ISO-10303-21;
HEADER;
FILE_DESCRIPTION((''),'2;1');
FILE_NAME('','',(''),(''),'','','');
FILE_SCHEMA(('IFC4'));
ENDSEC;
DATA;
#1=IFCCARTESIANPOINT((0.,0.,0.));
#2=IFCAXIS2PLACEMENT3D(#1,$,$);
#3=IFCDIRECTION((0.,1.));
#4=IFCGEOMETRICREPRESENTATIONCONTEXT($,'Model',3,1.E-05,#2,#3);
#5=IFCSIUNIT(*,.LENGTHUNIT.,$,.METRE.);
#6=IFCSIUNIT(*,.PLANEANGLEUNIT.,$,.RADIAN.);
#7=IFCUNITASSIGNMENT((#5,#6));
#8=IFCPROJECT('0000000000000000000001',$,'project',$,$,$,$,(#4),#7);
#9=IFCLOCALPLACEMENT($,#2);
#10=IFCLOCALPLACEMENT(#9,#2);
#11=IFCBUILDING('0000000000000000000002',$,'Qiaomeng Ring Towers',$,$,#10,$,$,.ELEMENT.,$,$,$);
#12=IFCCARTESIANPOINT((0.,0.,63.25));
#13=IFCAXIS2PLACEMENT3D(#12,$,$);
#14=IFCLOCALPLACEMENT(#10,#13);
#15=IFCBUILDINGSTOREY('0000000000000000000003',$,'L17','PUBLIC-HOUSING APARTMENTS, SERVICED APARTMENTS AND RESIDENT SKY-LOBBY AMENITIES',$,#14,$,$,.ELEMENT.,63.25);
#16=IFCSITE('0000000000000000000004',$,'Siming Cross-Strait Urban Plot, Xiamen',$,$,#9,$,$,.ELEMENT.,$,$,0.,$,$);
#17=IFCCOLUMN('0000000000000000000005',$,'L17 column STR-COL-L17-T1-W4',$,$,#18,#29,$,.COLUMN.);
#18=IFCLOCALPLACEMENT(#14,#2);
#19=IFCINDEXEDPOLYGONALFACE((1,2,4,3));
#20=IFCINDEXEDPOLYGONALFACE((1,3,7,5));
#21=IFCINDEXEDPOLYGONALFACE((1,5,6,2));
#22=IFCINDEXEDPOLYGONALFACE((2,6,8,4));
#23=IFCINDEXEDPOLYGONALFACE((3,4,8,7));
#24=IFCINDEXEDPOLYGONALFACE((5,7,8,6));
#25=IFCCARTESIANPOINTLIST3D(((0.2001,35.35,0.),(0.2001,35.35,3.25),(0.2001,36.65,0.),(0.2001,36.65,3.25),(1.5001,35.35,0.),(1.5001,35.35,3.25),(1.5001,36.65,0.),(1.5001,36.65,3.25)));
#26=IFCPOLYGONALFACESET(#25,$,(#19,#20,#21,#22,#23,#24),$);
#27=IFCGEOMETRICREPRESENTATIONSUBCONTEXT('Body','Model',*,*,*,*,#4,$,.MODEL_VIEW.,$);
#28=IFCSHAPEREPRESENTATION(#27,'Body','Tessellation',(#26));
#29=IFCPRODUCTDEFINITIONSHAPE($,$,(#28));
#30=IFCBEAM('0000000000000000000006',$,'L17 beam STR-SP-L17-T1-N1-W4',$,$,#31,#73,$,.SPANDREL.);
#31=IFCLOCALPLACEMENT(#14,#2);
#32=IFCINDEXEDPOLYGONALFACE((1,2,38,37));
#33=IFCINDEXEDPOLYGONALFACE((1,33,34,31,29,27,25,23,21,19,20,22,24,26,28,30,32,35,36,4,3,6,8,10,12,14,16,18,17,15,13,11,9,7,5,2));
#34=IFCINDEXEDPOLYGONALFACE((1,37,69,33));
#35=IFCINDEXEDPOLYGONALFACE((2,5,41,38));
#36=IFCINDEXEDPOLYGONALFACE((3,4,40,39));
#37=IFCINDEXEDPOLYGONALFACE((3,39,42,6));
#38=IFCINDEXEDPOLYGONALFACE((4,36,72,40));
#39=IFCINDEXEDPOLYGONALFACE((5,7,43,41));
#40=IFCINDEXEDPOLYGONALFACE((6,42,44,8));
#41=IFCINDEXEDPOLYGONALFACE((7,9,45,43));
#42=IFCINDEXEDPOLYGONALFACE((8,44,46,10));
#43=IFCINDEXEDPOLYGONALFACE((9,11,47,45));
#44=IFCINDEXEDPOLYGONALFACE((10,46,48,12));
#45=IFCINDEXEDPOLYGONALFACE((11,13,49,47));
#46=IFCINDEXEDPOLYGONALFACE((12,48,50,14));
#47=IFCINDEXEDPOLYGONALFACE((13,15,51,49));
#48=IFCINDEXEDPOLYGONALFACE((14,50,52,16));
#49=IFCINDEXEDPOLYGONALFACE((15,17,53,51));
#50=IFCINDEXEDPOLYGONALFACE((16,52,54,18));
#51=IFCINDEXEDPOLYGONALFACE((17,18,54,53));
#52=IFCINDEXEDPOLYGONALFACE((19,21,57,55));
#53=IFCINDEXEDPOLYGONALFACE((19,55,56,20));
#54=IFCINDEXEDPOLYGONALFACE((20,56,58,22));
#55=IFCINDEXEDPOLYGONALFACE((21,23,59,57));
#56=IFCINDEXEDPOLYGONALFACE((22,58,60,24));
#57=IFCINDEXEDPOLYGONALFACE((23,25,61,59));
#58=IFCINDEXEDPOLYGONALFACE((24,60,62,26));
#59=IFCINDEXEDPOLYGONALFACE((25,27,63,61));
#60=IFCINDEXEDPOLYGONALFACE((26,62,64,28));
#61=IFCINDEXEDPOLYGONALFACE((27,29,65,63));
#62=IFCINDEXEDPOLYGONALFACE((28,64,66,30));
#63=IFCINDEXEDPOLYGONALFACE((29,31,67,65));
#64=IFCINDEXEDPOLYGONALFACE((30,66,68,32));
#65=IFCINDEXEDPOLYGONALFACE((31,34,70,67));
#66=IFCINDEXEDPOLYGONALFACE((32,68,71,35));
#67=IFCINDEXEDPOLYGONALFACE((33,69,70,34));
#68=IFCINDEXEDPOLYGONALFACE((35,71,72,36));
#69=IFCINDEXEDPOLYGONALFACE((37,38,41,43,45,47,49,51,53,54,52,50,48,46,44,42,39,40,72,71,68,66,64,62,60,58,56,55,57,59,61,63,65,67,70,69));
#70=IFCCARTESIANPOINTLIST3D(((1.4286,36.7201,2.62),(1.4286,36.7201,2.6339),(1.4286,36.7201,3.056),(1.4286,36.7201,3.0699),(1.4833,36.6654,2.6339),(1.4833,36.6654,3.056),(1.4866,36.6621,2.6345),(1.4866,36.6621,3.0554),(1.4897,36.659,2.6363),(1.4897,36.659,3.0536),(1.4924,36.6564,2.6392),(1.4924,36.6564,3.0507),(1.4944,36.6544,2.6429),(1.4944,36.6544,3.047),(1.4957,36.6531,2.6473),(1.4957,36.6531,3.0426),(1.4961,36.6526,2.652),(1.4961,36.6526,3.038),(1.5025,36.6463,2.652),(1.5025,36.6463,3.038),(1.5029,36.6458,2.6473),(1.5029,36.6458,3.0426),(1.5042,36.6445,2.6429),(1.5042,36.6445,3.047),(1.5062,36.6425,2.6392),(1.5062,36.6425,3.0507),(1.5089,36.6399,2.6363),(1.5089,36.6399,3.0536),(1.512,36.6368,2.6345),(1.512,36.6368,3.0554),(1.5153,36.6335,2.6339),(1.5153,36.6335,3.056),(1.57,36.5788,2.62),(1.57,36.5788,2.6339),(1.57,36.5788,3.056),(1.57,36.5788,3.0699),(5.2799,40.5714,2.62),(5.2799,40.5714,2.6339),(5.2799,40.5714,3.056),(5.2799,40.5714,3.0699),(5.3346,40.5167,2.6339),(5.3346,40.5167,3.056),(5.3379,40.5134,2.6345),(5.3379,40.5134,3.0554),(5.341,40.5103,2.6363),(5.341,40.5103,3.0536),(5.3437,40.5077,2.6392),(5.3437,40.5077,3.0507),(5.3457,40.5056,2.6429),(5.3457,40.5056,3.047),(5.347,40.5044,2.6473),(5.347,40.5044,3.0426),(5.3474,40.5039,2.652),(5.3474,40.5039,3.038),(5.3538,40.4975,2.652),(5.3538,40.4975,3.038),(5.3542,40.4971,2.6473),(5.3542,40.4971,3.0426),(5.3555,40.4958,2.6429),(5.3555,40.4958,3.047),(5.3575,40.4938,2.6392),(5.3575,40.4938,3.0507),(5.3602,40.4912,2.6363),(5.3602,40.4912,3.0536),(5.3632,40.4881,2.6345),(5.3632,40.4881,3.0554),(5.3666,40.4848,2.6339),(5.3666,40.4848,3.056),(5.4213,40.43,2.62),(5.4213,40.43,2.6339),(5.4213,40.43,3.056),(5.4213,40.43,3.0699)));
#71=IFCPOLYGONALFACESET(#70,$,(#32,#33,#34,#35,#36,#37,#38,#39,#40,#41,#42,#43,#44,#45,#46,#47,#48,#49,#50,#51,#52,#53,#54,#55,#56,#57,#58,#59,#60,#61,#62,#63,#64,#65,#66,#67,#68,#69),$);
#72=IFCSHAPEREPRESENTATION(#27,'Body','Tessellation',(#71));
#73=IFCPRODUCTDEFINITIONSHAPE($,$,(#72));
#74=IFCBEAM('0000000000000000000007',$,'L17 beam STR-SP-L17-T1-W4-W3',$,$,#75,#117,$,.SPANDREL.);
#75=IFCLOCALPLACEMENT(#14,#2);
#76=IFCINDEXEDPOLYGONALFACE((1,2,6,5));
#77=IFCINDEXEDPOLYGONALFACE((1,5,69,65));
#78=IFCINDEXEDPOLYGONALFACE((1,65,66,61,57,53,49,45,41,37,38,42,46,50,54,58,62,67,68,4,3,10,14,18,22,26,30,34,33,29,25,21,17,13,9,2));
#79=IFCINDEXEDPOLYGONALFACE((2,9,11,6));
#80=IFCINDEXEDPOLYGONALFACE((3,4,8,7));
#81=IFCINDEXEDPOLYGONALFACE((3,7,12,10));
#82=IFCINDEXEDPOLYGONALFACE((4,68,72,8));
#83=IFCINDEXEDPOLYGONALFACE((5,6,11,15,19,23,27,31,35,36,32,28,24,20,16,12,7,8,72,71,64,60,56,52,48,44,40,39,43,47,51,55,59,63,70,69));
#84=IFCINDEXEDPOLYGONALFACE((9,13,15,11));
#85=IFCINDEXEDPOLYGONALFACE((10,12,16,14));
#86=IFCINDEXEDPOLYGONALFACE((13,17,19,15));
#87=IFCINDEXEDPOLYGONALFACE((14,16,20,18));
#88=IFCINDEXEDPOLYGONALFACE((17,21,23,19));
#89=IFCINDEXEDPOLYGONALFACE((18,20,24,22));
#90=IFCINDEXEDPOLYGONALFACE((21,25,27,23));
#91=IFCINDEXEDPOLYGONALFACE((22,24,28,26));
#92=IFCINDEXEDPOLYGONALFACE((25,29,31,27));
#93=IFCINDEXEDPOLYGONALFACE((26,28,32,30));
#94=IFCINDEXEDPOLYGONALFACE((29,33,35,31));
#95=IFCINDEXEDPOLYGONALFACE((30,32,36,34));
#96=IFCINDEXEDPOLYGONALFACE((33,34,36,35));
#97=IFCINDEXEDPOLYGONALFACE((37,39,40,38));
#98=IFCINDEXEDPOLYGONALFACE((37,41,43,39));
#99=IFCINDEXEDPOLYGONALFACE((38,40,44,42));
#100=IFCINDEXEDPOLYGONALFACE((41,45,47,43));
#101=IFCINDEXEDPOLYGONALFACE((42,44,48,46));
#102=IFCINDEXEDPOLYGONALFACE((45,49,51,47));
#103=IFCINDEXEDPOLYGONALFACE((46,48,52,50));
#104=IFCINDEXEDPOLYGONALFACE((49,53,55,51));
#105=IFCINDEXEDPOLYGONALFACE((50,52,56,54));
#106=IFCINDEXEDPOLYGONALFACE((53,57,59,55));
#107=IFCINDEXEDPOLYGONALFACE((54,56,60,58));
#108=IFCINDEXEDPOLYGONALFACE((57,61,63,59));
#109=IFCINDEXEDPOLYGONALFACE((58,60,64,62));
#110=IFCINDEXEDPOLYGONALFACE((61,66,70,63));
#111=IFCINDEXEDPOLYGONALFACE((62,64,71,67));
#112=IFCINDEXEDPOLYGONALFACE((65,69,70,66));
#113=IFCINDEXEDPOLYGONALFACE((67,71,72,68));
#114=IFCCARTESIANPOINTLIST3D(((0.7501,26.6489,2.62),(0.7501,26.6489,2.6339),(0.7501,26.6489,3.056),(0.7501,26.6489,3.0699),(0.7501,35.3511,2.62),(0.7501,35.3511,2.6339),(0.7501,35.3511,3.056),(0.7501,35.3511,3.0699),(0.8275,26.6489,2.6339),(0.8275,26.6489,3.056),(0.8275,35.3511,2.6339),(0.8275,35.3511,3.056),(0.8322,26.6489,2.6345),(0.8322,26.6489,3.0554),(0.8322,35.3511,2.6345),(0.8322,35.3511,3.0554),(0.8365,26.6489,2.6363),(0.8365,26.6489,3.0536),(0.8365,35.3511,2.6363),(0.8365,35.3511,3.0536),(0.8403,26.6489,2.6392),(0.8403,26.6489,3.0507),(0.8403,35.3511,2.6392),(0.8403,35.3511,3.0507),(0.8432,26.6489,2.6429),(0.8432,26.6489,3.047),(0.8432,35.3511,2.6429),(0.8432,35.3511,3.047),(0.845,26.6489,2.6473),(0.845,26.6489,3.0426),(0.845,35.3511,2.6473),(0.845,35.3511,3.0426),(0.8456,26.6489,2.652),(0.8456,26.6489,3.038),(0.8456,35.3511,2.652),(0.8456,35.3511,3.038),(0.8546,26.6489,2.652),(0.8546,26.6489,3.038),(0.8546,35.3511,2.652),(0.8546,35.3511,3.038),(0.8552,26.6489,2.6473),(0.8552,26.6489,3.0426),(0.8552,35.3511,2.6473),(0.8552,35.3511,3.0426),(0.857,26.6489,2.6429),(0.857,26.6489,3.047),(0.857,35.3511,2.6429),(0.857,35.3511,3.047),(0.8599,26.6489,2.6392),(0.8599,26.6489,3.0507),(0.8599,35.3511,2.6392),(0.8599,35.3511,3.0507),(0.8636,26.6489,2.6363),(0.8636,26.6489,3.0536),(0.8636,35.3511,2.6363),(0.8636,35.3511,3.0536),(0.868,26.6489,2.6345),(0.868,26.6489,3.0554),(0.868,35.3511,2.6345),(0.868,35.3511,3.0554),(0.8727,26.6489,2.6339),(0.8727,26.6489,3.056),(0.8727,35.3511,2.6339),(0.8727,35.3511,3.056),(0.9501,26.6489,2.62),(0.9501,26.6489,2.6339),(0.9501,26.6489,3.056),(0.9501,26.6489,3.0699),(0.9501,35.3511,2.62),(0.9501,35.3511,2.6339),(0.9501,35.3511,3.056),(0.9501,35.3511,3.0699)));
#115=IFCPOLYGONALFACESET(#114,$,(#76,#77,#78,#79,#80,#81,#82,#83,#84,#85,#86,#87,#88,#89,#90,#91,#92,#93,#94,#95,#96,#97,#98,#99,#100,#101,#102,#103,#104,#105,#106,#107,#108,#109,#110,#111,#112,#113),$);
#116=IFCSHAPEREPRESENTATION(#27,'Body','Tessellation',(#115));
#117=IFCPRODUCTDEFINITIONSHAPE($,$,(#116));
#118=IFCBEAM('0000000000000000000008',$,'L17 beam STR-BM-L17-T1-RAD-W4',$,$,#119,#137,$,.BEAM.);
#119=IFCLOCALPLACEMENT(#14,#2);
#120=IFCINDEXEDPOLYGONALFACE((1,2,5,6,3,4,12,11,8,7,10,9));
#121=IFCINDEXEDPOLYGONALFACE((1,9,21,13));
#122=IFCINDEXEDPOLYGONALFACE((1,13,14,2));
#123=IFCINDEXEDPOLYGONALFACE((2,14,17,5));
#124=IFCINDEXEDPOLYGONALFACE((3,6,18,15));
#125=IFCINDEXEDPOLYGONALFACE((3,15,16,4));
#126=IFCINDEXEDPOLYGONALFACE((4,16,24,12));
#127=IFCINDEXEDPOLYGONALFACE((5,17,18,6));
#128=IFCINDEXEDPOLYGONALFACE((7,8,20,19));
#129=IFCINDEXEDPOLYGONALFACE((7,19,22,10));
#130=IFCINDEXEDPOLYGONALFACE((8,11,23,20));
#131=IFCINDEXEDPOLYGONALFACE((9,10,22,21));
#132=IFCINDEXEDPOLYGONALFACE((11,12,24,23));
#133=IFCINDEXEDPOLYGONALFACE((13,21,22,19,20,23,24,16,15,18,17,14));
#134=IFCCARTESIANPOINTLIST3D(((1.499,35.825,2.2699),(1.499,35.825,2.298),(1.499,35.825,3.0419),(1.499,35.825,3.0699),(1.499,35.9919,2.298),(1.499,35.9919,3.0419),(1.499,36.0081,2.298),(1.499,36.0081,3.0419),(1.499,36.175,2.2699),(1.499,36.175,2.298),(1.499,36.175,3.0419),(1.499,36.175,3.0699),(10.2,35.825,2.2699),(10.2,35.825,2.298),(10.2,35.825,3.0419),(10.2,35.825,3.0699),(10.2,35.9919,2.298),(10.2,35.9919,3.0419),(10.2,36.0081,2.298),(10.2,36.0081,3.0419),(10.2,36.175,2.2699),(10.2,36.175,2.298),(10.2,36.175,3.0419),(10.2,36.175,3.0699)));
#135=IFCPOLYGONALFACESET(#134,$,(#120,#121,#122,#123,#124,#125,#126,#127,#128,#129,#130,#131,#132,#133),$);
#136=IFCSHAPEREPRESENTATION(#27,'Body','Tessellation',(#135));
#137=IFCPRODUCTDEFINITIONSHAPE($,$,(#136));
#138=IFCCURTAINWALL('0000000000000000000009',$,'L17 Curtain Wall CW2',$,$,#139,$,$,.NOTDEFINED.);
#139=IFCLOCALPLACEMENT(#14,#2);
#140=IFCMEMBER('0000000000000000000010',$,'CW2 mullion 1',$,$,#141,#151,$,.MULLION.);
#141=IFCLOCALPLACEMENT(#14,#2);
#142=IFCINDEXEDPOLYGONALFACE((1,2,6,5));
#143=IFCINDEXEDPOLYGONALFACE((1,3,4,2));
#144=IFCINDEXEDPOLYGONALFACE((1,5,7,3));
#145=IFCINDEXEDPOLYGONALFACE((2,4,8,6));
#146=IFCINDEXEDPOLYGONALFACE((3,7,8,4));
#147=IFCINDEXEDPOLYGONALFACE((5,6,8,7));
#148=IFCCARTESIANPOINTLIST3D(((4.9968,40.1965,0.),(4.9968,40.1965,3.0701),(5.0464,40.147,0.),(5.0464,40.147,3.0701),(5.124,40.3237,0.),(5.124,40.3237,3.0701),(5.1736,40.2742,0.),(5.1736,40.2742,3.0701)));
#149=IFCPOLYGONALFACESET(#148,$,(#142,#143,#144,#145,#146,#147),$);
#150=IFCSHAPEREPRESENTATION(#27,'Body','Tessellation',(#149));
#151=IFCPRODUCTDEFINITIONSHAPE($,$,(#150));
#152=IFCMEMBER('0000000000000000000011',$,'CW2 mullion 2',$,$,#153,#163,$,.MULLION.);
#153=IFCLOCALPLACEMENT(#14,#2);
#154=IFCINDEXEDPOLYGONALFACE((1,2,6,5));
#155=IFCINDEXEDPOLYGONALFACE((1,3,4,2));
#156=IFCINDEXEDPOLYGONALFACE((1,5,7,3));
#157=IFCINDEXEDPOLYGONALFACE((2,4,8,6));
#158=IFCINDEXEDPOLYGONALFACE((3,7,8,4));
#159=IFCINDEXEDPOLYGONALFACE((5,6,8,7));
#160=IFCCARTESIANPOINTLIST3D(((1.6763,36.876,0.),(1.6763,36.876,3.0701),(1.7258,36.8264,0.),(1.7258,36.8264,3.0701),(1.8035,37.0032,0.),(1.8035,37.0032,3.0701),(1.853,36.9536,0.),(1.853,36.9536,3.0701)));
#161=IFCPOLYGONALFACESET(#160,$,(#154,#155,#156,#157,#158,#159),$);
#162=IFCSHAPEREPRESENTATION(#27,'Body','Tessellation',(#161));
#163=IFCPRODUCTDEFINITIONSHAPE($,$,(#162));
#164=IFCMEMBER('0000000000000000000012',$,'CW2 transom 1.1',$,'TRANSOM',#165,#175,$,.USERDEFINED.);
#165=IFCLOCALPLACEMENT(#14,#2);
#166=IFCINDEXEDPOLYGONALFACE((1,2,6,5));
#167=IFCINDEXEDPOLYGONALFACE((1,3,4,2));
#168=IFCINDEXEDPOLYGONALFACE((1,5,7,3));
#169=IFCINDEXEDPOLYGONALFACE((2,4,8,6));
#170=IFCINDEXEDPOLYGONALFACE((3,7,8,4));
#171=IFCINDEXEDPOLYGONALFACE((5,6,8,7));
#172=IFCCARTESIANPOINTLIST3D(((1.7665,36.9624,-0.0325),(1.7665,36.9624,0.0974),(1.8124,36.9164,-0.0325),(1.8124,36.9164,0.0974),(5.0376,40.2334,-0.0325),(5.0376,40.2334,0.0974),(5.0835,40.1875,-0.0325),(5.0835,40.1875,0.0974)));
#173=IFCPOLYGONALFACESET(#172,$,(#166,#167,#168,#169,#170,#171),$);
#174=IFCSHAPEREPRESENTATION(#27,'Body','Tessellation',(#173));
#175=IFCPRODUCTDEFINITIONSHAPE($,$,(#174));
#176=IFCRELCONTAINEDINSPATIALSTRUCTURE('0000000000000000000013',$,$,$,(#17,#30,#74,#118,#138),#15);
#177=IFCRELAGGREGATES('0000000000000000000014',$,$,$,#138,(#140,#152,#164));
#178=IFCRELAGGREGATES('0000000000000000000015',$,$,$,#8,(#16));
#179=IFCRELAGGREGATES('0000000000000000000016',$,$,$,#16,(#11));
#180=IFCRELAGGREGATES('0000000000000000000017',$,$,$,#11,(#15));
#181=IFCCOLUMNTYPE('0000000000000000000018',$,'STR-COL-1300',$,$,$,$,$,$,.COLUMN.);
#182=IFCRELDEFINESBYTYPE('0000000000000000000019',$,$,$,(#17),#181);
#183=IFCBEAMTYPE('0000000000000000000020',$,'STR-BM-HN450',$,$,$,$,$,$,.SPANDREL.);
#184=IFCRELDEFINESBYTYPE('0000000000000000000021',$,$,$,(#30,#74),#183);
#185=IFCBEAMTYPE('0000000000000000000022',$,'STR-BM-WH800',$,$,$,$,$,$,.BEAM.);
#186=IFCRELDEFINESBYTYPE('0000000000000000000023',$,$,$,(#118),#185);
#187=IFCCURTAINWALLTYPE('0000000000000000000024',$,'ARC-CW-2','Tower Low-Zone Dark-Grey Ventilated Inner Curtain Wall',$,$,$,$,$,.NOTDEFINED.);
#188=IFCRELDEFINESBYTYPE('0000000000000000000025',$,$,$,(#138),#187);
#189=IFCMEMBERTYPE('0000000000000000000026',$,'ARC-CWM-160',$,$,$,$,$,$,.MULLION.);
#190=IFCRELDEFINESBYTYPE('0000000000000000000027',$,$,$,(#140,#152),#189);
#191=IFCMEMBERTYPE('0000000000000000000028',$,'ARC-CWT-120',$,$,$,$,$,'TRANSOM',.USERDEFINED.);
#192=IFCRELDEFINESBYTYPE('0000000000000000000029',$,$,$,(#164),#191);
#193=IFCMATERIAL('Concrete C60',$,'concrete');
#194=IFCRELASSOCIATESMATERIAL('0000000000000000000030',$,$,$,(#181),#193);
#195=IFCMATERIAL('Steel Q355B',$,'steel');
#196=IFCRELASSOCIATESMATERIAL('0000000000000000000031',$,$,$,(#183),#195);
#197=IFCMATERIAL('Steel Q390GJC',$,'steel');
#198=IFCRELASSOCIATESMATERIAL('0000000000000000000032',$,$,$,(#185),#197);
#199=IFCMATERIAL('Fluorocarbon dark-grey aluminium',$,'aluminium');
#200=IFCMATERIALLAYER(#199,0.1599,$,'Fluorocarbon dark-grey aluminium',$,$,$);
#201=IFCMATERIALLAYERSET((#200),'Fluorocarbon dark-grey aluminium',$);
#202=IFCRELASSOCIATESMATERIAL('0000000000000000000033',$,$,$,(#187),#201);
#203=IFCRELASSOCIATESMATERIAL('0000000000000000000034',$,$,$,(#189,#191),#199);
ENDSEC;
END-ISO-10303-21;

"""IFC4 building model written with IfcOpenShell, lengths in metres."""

from ifc_helpers import new_model, si_unit, direction, frame, origin, origin_2d, place, context, subcontext, project, spatial, rectangle, i_section, extrude, source, transform, mapped, material, layer, layer_set, material_profile, profile_set, type_object, element, aggregate, save


model = new_model("IFC4")

# Units and contexts
model_context = context("Model", 3, precision=1e-05, world=origin(), true_north=direction((0.0, 1.0)))
body_context = subcontext(model_context, "Body", "Model", "MODEL_VIEW")
ifc_project = project(units=[si_unit("LENGTHUNIT", "METRE"), si_unit("PLANEANGLEUNIT", "RADIAN")], contexts=[model_context])

# Site, building, storey
site_placement = place(None, origin())
site = spatial("IfcSite", under=ifc_project, at=site_placement, Name="Siming Cross-Strait Urban Plot, Xiamen", CompositionType="ELEMENT", RefElevation=0.0)
building_placement = place(site_placement, origin())
building = spatial("IfcBuilding", under=site, at=building_placement, Name="Qiaomeng Ring Towers", CompositionType="ELEMENT")
storey_placement = place(building_placement, frame((0.0, 0.0, 63.25)))
storey = spatial("IfcBuildingStorey", under=building, at=storey_placement, Name="L17", Description="PUBLIC-HOUSING APARTMENTS, SERVICED APARTMENTS AND RESIDENT SKY-LOBBY AMENITIES", CompositionType="ELEMENT", Elevation=63.25)

# Column
ifc_material_1 = material(Name="Concrete C60", Category="concrete")
ifc_material_profile_1 = material_profile(ifc_material_1, rectangle(XDim=1.3, YDim=1.3, at=origin_2d()), Name="RC COL 1300x1300")
ifc_profile_set_1 = profile_set([ifc_material_profile_1], Name="Concrete C60")
column_type = type_object("IfcColumnType", Name="STR-COL-1300", PredefinedType="COLUMN", material=ifc_profile_set_1)
shared_shape_1 = source(origin(), body_context, "Body", "SweptSolid", [
    extrude(rectangle(XDim=1.3, YDim=1.3, at=origin_2d()), origin(), (0.0, 0.0, 1.0), 3.25),
])
column_placement = place(storey_placement, frame((0.8501, 36.0, 0.0), z_axis=(0.0, 0.0, 1.0), x_axis=(1.0, 0.0, 0.0)))
element("IfcColumn", 1, at=column_placement, inside=storey, type_object=column_type, Name="L17 column STR-COL-L17-T1-W4", PredefinedType="COLUMN", context=body_context, shape_type="MappedRepresentation", body=[
    mapped(shared_shape_1, transform((0.0, 0.0, 0.0), x_axis=(1.0, 0.0, 0.0), y_axis=(0.0, 1.0, 0.0), z_axis=(0.0, 0.0, 1.0), scale=1.0)),
])

# Beams
ifc_material_2 = material(Name="Steel Q355B", Category="steel")
ifc_material_profile_2 = material_profile(ifc_material_2, i_section(OverallWidth=0.2, OverallDepth=0.45, WebThickness=0.009, FlangeThickness=0.0139, FilletRadius=0.0181, at=origin_2d()), Name="HN 450x200x9x14")
ifc_profile_set_2 = profile_set([ifc_material_profile_2], Name="Steel Q355B")
beam_type_1 = type_object("IfcBeamType", Name="STR-BM-HN450", PredefinedType="SPANDREL", material=ifc_profile_set_2)
shared_shape_2 = source(origin(), body_context, "Body", "SweptSolid", [
    extrude(i_section(OverallWidth=0.2, OverallDepth=0.45, WebThickness=0.009, FlangeThickness=0.0139, FilletRadius=0.0181, at=origin_2d()), origin(), (0.0, 0.0, 1.0), 5.4465),
])
beam_1_placement = place(storey_placement, frame((5.3506, 40.5007, 2.845), z_axis=(-0.707107, -0.707107, 0.0), x_axis=(0.707107, -0.707107, 0.0)))
element("IfcBeam", 2, at=beam_1_placement, inside=storey, type_object=beam_type_1, Name="L17 beam STR-SP-L17-T1-N1-W4", PredefinedType="SPANDREL", context=body_context, shape_type="MappedRepresentation", body=[
    mapped(shared_shape_2, transform((0.0, 0.0, 0.0), x_axis=(1.0, 0.0, 0.0), y_axis=(0.0, 1.0, 0.0), z_axis=(0.0, 0.0, 1.0), scale=1.0)),
])
shared_shape_3 = source(origin(), body_context, "Body", "SweptSolid", [
    extrude(i_section(OverallWidth=0.2, OverallDepth=0.45, WebThickness=0.009, FlangeThickness=0.0139, FilletRadius=0.0181, at=origin_2d()), origin(), (0.0, 0.0, 1.0), 8.7021),
])
beam_2_placement = place(storey_placement, frame((0.8501, 35.3511, 2.845), z_axis=(0.0, -1.0, 0.0), x_axis=(1.0, 0.0, 0.0)))
element("IfcBeam", 3, at=beam_2_placement, inside=storey, type_object=beam_type_1, Name="L17 beam STR-SP-L17-T1-W4-W3", PredefinedType="SPANDREL", context=body_context, shape_type="MappedRepresentation", body=[
    mapped(shared_shape_3, transform((0.0, 0.0, 0.0), x_axis=(1.0, 0.0, 0.0), y_axis=(0.0, 1.0, 0.0), z_axis=(0.0, 0.0, 1.0), scale=1.0)),
])
ifc_material_3 = material(Name="Steel Q390GJC", Category="steel")
ifc_material_profile_3 = material_profile(ifc_material_3, i_section(OverallWidth=0.3501, OverallDepth=0.8, WebThickness=0.0161, FlangeThickness=0.0281, at=origin_2d()), Name="WH 800x350x16x28")
ifc_profile_set_3 = profile_set([ifc_material_profile_3], Name="Steel Q390GJC")
beam_type_2 = type_object("IfcBeamType", Name="STR-BM-WH800", PredefinedType="BEAM", material=ifc_profile_set_3)
shared_shape_4 = source(origin(), body_context, "Body", "SweptSolid", [
    extrude(i_section(OverallWidth=0.3501, OverallDepth=0.8, WebThickness=0.0161, FlangeThickness=0.0281, at=origin_2d()), origin(), (0.0, 0.0, 1.0), 8.7009),
])
beam_3_placement = place(storey_placement, frame((1.499, 36.0, 2.6699), z_axis=(1.0, 0.0, 0.0), x_axis=(0.0, 1.0, 0.0)))
element("IfcBeam", 4, at=beam_3_placement, inside=storey, type_object=beam_type_2, Name="L17 beam STR-BM-L17-T1-RAD-W4", PredefinedType="BEAM", context=body_context, shape_type="MappedRepresentation", body=[
    mapped(shared_shape_4, transform((0.0, 0.0, 0.0), x_axis=(1.0, 0.0, 0.0), y_axis=(0.0, 1.0, 0.0), z_axis=(0.0, 0.0, 1.0), scale=1.0)),
])

# Curtain wall, members
ifc_material_4 = material(Name="Fluorocarbon dark-grey aluminium", Category="aluminium")
ifc_layer_1 = layer(ifc_material_4, 0.1599, Name="Fluorocarbon dark-grey aluminium")
ifc_layer_set_1 = layer_set([ifc_layer_1], Name="Fluorocarbon dark-grey aluminium")
curtain_wall_type = type_object("IfcCurtainWallType", Name="ARC-CW-2", Description="Tower Low-Zone Dark-Grey Ventilated Inner Curtain Wall", PredefinedType="NOTDEFINED", material=ifc_layer_set_1)
curtain_wall_placement = place(storey_placement, origin())
curtain_wall = element("IfcCurtainWall", 5, at=curtain_wall_placement, inside=storey, type_object=curtain_wall_type, Name="L17 Curtain Wall CW2", PredefinedType="NOTDEFINED")
ifc_material_profile_4 = material_profile(ifc_material_4, rectangle(XDim=0.0701, YDim=0.1799, at=origin_2d()), Name="ALU MULL 70x180")
ifc_profile_set_4 = profile_set([ifc_material_profile_4], Name="Fluorocarbon dark-grey aluminium")
member_type_1 = type_object("IfcMemberType", Name="ARC-CWM-160", PredefinedType="MULLION", material=ifc_profile_set_4)
shared_shape_5 = source(origin(), body_context, "Body", "SweptSolid", [
    extrude(rectangle(XDim=0.0701, YDim=0.1799, at=origin_2d()), origin(), (0.0, 0.0, 1.0), 3.0701),
])
member_1_placement = place(storey_placement, frame((5.0852, 40.2354, 0.0), z_axis=(0.0, 0.0, 1.0), x_axis=(0.707107, -0.707107, 0.0)))
member_1 = element("IfcMember", 6, at=member_1_placement, type_object=member_type_1, Name="CW2 mullion 1", PredefinedType="MULLION", context=body_context, shape_type="MappedRepresentation", body=[
    mapped(shared_shape_5, transform((0.0, 0.0, 0.0), x_axis=(1.0, 0.0, 0.0), y_axis=(0.0, 1.0, 0.0), z_axis=(0.0, 0.0, 1.0), scale=1.0)),
])
member_2_placement = place(storey_placement, frame((1.7646, 36.9148, 0.0), z_axis=(0.0, 0.0, 1.0), x_axis=(0.707107, -0.707107, 0.0)))
member_2 = element("IfcMember", 7, at=member_2_placement, type_object=member_type_1, Name="CW2 mullion 2", PredefinedType="MULLION", context=body_context, shape_type="MappedRepresentation", body=[
    mapped(shared_shape_5, transform((0.0, 0.0, 0.0), x_axis=(1.0, 0.0, 0.0), y_axis=(0.0, 1.0, 0.0), z_axis=(0.0, 0.0, 1.0), scale=1.0)),
])
ifc_material_profile_5 = material_profile(ifc_material_4, rectangle(XDim=0.0649, YDim=0.1299, at=origin_2d()), Name="ALU TRAN 65x130")
ifc_profile_set_5 = profile_set([ifc_material_profile_5], Name="Fluorocarbon dark-grey aluminium")
member_type_2 = type_object("IfcMemberType", Name="ARC-CWT-120", ElementType="TRANSOM", PredefinedType="USERDEFINED", material=ifc_profile_set_5)
shared_shape_6 = source(origin(), body_context, "Body", "SweptSolid", [
    extrude(rectangle(XDim=0.0649, YDim=0.1299, at=origin_2d()), origin(), (0.0, 0.0, 1.0), 4.626),
])
member_3_placement = place(storey_placement, frame((5.0605, 40.2104, 0.0325), z_axis=(-0.707107, -0.707107, 0.0), x_axis=(0.707107, -0.707107, 0.0)))
member_3 = element("IfcMember", 8, at=member_3_placement, type_object=member_type_2, Name="CW2 transom 1.1", ObjectType="TRANSOM", PredefinedType="USERDEFINED", context=body_context, shape_type="MappedRepresentation", body=[
    mapped(shared_shape_6, transform((0.0, 0.0, 0.0), x_axis=(1.0, 0.0, 0.0), y_axis=(0.0, 1.0, 0.0), z_axis=(0.0, 0.0, 1.0), scale=1.0)),
])
aggregate(curtain_wall, [member_1, member_2, member_3])

save(model, "model.ifc")
